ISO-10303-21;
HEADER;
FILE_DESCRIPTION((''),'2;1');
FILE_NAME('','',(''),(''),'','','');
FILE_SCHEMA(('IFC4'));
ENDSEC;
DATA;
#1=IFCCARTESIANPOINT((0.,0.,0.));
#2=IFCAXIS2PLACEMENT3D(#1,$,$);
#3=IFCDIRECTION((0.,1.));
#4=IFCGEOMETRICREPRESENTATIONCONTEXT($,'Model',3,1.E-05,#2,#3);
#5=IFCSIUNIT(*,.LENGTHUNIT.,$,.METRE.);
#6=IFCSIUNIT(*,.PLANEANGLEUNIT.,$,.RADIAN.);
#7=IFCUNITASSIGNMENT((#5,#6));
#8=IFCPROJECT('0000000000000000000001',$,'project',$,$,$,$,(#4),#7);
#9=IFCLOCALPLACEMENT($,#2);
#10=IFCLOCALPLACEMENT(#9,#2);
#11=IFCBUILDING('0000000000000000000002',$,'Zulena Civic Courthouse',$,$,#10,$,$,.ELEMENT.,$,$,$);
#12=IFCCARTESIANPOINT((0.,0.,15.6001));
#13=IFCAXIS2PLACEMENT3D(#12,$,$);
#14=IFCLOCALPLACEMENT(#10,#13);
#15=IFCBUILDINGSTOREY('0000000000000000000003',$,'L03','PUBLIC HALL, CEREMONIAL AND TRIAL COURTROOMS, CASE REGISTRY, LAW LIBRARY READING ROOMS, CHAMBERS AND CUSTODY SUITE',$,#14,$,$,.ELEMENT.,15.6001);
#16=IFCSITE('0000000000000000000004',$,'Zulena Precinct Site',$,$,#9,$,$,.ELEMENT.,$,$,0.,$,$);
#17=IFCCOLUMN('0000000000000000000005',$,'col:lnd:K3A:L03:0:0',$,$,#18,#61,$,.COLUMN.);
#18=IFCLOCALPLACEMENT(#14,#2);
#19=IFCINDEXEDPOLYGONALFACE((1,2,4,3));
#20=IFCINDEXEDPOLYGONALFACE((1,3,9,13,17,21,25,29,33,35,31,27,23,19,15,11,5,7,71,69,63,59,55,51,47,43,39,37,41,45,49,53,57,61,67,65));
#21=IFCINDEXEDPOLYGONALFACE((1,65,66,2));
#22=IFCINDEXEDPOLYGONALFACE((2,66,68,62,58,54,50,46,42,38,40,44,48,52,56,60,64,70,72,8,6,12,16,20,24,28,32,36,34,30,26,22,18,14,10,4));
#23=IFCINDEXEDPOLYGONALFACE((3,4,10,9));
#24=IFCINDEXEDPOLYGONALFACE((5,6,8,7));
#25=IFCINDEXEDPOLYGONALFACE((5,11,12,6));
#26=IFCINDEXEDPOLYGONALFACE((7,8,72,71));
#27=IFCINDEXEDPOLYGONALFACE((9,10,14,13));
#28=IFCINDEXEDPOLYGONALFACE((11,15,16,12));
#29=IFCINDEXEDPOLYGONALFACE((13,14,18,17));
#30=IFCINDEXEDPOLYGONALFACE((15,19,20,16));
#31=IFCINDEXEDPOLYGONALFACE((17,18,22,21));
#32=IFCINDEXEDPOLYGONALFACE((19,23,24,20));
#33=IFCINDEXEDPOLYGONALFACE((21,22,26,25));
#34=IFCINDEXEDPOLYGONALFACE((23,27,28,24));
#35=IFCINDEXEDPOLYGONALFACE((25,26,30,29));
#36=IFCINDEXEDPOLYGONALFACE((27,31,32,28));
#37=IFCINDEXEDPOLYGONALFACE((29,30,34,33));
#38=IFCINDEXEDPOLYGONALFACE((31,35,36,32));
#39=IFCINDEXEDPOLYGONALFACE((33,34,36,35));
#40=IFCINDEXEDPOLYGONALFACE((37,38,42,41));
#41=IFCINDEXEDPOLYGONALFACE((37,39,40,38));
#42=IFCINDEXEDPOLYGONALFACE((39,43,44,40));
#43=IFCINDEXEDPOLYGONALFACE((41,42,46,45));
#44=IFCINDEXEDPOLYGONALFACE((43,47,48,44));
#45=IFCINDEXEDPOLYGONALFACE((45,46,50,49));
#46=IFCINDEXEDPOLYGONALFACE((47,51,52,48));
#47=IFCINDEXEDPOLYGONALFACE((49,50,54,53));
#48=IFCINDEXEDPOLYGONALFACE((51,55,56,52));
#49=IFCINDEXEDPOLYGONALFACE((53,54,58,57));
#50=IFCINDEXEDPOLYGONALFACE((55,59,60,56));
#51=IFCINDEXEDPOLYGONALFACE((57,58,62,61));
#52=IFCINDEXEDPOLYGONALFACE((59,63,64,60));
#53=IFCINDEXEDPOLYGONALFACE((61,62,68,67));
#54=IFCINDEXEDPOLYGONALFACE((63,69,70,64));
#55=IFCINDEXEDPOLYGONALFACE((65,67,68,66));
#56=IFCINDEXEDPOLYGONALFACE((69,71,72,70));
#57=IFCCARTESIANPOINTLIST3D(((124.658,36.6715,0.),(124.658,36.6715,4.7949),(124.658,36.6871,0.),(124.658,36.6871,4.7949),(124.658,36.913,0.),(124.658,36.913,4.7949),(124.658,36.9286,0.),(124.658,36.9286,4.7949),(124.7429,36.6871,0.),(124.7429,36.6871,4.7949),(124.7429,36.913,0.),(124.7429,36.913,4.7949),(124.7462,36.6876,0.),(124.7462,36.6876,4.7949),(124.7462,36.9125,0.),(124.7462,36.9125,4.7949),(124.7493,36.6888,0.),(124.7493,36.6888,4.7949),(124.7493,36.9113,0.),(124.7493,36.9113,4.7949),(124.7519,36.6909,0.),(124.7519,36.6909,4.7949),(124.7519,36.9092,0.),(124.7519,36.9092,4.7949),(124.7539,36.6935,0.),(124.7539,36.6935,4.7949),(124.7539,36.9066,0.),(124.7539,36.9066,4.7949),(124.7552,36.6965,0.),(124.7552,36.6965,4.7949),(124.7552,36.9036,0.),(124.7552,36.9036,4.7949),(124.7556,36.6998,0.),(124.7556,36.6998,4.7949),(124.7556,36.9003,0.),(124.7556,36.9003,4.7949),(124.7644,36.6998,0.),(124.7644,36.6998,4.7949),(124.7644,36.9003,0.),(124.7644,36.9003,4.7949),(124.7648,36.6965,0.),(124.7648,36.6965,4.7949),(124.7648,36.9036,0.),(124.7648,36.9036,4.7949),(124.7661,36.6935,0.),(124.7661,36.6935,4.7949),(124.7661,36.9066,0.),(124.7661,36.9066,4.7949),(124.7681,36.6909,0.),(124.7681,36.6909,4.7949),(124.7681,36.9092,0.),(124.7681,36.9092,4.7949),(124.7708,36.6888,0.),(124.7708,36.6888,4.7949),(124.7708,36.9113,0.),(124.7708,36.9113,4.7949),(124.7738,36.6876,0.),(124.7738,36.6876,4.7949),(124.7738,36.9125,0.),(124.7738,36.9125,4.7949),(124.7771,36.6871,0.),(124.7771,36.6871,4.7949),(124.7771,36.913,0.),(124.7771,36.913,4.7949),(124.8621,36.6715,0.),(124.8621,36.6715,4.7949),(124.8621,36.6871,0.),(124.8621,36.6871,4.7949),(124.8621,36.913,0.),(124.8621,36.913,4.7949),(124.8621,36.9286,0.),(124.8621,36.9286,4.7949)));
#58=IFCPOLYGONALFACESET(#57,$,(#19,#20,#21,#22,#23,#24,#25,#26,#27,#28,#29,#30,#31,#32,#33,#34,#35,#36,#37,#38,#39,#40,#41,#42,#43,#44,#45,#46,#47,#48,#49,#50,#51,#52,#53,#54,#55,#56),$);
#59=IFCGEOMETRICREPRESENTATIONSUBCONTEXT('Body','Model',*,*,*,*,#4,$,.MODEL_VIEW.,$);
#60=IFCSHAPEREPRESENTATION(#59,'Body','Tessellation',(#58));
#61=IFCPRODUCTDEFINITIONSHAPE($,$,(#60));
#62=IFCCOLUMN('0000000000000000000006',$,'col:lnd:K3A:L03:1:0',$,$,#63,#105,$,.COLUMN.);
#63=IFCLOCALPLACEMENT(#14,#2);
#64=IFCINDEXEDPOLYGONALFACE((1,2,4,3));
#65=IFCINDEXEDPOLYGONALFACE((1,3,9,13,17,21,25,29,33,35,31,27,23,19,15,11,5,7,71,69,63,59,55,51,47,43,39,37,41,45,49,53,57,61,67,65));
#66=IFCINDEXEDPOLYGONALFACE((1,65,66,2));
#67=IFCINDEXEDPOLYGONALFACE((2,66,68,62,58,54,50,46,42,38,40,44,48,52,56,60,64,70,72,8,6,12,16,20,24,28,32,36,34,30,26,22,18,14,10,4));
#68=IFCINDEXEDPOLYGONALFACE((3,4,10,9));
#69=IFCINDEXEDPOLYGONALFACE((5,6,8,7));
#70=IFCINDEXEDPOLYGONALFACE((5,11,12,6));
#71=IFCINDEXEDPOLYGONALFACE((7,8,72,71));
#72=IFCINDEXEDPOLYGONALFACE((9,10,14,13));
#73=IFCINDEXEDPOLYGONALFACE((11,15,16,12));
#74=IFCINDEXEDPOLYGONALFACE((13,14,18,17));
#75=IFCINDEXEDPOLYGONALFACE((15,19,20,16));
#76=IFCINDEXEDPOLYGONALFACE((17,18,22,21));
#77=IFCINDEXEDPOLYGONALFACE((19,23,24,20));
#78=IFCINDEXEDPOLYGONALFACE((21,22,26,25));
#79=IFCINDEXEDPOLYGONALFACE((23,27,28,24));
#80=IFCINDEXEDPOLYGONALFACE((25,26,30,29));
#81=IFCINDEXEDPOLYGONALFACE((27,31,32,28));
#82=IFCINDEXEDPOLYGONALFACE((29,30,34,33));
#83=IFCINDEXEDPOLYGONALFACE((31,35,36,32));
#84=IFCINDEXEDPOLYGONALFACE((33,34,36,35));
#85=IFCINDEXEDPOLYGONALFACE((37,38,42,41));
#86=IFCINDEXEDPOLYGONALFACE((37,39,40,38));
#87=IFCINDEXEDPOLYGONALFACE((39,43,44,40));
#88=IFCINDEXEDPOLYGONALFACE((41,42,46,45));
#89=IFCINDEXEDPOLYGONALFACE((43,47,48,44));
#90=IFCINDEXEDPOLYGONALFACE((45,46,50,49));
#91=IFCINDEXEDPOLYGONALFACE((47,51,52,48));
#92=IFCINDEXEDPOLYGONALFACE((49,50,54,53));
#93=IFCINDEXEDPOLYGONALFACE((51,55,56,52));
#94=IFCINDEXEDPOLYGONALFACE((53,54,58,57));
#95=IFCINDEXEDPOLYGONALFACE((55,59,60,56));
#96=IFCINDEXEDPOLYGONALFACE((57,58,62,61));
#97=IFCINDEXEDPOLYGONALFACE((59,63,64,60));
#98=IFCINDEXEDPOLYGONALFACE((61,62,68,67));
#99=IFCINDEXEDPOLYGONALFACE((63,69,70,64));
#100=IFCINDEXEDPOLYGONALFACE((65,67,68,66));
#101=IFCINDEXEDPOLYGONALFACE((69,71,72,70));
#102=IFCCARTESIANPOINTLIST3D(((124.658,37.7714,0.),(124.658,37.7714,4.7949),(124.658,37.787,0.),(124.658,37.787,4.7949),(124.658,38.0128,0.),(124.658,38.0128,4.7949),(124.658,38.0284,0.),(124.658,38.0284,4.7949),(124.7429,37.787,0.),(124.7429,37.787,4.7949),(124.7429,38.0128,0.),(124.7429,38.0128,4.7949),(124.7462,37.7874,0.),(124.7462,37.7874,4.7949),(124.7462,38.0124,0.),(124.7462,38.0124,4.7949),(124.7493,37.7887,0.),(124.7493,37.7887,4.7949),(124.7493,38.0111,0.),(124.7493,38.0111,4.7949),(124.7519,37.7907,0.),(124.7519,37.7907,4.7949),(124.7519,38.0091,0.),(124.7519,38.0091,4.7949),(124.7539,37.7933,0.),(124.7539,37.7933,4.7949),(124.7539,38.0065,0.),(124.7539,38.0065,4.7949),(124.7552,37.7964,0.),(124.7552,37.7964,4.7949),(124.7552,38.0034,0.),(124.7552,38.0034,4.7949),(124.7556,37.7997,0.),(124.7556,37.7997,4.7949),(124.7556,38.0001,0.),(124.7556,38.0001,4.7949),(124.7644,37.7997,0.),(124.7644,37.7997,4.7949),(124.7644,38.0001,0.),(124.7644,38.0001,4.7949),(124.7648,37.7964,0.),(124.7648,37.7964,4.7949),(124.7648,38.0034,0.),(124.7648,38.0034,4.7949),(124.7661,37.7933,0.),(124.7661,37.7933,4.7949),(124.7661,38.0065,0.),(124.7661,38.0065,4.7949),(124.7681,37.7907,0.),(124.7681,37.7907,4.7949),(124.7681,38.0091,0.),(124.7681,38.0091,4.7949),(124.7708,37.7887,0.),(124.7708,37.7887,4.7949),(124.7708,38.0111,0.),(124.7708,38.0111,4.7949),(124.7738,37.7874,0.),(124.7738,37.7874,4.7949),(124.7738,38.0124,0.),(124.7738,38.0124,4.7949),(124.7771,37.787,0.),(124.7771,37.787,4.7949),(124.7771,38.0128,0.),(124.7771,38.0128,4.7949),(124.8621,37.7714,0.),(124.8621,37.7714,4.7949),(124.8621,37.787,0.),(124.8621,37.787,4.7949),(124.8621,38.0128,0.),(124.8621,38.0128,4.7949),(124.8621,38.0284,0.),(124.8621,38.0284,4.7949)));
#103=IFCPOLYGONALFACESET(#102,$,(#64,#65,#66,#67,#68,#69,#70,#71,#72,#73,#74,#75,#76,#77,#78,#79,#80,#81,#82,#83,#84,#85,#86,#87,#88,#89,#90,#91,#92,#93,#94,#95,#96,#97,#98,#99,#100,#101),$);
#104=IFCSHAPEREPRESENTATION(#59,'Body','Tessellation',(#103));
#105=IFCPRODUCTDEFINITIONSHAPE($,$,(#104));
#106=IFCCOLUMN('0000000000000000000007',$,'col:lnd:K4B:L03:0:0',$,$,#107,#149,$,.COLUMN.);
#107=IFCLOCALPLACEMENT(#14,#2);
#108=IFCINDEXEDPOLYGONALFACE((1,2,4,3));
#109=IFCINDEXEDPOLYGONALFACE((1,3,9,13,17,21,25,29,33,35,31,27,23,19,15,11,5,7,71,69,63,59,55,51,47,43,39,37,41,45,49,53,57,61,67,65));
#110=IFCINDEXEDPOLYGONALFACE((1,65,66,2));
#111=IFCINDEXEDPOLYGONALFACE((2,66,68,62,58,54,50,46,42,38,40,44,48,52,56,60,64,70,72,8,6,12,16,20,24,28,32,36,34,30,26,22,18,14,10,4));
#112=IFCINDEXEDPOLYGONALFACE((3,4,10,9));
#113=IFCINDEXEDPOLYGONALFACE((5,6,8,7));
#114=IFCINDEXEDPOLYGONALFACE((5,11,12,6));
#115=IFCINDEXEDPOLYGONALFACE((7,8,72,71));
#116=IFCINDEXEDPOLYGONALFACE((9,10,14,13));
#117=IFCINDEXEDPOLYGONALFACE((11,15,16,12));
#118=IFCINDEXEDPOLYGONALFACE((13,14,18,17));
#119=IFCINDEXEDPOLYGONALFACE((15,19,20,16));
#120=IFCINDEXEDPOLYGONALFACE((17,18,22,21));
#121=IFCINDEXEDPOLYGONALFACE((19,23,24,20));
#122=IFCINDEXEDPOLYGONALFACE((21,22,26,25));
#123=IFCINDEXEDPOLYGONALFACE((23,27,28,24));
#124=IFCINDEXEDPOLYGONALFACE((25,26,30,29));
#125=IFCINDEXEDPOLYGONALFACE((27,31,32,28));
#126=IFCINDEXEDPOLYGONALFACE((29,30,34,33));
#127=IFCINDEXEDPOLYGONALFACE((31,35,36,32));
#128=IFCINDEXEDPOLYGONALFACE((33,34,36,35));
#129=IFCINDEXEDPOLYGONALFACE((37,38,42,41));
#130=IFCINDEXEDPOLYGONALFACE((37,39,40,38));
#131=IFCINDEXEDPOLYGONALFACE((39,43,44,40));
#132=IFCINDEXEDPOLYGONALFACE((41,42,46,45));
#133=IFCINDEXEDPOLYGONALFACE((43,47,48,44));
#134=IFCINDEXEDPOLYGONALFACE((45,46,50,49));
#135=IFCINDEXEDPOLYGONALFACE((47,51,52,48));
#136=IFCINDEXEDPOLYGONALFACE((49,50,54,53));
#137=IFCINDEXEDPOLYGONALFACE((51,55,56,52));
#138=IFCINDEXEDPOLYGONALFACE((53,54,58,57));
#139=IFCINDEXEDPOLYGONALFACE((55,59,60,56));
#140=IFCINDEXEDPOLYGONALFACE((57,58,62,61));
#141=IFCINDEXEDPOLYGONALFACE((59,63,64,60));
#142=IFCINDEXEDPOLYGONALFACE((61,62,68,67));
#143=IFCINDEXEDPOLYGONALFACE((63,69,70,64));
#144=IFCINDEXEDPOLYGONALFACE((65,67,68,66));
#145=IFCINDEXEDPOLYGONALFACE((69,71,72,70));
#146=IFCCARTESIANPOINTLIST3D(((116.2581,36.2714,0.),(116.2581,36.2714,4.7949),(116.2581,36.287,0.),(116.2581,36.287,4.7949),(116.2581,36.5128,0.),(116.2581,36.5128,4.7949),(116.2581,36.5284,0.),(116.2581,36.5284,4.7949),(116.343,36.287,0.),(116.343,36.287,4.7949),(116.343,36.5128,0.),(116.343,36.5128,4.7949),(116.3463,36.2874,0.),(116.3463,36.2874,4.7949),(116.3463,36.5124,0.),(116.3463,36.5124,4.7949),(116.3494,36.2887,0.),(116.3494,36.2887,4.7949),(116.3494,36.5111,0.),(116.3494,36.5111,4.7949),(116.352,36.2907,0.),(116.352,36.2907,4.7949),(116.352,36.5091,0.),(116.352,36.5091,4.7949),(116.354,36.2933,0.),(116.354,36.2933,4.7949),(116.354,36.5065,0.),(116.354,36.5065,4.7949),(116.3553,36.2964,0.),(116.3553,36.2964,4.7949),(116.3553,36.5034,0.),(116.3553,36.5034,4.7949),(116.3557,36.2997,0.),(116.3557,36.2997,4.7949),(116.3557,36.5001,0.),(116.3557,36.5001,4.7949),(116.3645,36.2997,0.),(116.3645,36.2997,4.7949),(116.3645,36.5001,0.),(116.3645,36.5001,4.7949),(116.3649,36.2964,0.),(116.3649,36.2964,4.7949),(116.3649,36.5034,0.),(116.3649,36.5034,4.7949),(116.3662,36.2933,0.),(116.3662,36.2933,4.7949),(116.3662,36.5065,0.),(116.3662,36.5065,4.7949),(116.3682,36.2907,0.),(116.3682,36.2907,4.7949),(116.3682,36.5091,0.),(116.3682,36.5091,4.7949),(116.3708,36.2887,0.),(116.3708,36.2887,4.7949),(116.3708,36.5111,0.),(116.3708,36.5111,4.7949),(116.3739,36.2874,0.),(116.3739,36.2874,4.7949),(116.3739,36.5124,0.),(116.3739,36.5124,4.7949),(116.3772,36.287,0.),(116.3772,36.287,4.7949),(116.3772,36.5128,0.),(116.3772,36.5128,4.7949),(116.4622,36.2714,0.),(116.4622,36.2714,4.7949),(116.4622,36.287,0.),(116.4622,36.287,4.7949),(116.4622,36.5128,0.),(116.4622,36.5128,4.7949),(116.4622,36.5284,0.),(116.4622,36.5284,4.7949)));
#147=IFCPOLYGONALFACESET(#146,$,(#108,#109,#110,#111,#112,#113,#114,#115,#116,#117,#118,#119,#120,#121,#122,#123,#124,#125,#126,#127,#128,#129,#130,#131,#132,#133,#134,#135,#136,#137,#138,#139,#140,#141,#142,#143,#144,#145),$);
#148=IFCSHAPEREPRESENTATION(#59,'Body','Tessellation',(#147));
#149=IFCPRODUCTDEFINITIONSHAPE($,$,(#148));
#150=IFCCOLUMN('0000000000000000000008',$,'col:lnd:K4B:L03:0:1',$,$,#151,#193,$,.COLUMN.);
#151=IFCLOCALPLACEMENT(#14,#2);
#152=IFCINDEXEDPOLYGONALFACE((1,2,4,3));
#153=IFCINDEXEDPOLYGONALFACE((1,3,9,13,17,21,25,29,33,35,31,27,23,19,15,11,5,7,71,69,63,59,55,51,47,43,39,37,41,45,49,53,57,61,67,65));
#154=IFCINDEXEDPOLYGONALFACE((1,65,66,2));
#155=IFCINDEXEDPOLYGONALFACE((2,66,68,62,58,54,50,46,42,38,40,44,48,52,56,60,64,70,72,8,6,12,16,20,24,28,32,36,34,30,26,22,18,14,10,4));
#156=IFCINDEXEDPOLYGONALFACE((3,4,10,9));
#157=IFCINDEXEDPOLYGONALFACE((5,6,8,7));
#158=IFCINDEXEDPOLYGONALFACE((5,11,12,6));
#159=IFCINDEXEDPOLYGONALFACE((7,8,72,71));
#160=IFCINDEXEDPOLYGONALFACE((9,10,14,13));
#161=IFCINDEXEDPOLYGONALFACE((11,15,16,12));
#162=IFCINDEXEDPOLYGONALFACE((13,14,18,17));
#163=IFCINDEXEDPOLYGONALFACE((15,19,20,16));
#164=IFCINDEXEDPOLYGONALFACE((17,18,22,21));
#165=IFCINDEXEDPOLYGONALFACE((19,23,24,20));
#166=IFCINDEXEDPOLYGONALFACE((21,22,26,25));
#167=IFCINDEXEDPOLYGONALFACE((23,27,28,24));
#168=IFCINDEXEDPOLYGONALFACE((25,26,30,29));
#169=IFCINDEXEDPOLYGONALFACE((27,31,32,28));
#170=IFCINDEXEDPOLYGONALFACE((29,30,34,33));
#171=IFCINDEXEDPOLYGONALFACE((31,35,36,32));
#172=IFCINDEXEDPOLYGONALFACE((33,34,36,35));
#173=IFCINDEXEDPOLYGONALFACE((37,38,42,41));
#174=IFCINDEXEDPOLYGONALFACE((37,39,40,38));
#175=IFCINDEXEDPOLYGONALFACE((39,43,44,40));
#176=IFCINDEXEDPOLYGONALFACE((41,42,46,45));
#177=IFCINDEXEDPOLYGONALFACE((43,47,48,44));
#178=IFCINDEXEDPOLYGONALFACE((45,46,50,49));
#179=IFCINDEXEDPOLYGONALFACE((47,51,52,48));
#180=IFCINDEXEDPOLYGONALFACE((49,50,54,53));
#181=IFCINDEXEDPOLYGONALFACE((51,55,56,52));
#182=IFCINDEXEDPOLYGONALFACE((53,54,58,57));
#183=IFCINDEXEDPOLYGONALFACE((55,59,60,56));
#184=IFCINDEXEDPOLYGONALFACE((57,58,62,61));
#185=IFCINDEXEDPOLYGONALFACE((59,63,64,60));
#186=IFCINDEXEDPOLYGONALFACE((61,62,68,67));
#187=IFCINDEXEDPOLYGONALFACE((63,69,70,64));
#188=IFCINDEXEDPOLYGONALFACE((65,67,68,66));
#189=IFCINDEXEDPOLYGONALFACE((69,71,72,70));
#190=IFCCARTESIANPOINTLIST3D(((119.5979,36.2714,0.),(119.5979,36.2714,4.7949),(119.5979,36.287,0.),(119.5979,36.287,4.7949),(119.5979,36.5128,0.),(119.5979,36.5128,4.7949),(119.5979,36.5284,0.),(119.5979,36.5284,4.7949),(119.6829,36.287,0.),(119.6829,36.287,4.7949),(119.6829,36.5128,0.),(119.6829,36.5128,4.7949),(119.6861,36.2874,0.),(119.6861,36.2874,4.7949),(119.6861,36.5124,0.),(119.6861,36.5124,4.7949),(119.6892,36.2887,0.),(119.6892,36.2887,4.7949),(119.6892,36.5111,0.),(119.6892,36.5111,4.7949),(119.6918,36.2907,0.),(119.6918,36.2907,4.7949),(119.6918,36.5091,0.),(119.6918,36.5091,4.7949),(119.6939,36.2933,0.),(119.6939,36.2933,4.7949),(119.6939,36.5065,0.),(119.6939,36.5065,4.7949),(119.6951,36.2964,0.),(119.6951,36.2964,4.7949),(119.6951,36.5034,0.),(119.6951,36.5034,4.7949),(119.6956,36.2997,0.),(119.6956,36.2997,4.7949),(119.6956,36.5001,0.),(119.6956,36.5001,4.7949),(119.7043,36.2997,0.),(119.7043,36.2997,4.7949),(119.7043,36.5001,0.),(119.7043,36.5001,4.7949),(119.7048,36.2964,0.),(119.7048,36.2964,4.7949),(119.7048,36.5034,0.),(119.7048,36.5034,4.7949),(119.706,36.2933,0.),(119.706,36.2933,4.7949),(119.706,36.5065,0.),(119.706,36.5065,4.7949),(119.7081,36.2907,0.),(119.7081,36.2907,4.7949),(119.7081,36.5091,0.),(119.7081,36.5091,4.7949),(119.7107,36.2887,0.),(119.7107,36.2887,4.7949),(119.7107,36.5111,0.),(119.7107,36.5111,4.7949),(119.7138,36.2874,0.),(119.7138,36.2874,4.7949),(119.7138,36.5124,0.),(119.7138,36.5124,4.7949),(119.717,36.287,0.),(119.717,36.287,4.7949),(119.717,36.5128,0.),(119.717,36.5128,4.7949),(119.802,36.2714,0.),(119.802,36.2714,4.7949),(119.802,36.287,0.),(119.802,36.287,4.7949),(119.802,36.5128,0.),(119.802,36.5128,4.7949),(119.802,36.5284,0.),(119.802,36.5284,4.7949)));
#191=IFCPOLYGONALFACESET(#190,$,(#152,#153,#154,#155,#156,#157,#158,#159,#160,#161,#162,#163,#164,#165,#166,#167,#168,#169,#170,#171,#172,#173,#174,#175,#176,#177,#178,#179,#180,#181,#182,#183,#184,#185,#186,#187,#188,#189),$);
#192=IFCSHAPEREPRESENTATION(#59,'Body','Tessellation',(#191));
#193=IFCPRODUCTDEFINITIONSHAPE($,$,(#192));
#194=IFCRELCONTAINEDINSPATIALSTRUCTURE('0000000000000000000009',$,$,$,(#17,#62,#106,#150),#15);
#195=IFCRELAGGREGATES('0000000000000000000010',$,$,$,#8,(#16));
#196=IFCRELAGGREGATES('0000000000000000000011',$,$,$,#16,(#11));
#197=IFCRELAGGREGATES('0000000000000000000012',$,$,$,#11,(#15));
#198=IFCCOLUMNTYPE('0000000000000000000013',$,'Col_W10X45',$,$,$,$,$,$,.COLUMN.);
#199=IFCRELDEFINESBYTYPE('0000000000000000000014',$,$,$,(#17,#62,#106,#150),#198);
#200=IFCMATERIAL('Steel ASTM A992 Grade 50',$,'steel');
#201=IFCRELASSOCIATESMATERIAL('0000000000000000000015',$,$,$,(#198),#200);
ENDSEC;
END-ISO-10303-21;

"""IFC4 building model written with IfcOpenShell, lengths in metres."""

from ifc_helpers import new_model, si_unit, direction, frame, origin, origin_2d, place, context, subcontext, project, spatial, i_section, extrude, material, material_profile, profile_set, type_object, element, save


model = new_model("IFC4")

# Units and contexts
model_context = context("Model", 3, precision=1e-05, world=origin(), true_north=direction((0.0, 1.0)))
body_context = subcontext(model_context, "Body", "Model", "MODEL_VIEW")
ifc_project = project(units=[si_unit("LENGTHUNIT", "METRE"), si_unit("PLANEANGLEUNIT", "RADIAN")], contexts=[model_context])

# Site, building, storey
site_placement = place(None, origin())
site = spatial("IfcSite", under=ifc_project, at=site_placement, Name="Zulena Precinct Site", CompositionType="ELEMENT", RefElevation=0.0)
building_placement = place(site_placement, origin())
building = spatial("IfcBuilding", under=site, at=building_placement, Name="Zulena Civic Courthouse", CompositionType="ELEMENT")
storey_placement = place(building_placement, frame((0.0, 0.0, 15.6001)))
storey = spatial("IfcBuildingStorey", under=building, at=storey_placement, Name="L03", Description="PUBLIC HALL, CEREMONIAL AND TRIAL COURTROOMS, CASE REGISTRY, LAW LIBRARY READING ROOMS, CHAMBERS AND CUSTODY SUITE", CompositionType="ELEMENT", Elevation=15.6001)

# Columns
ifc_material_1 = material(Name="Steel ASTM A992 Grade 50", Category="steel")
ifc_material_profile_1 = material_profile(ifc_material_1, i_section(OverallWidth=0.2041, OverallDepth=0.2571, WebThickness=0.0088, FlangeThickness=0.0156, FilletRadius=0.0127, at=origin_2d()), Name="W10X45")
ifc_profile_set_1 = profile_set([ifc_material_profile_1], Name="Steel ASTM A992 Grade 50")
column_type_1 = type_object("IfcColumnType", Name="Col_W10X45", PredefinedType="COLUMN", material=ifc_profile_set_1)
for number, where, z_axis, x_axis, name in (
    (1, (124.76, 36.8, 0.0), (0.0, 0.0, 1.0), (1.0, 0.0, 0.0), "col:lnd:K3A:L03:0:0"),
    (2, (124.76, 37.8999, 0.0), (0.0, 0.0, 1.0), (1.0, 0.0, 0.0), "col:lnd:K3A:L03:1:0"),
    (3, (116.3601, 36.3999, 0.0), (0.0, 0.0, 1.0), (1.0, 0.0, 0.0), "col:lnd:K4B:L03:0:0"),
    (4, (119.7, 36.3999, 0.0), (0.0, 0.0, 1.0), (1.0, 0.0, 0.0), "col:lnd:K4B:L03:0:1"),
):
    element("IfcColumn", number, at=place(storey_placement, frame(where, z_axis=z_axis, x_axis=x_axis)), inside=storey, type_object=column_type_1, Name=name, PredefinedType="COLUMN", context=body_context, shape_type="SweptSolid", body=[
        extrude(i_section(OverallWidth=0.2041, OverallDepth=0.2571, WebThickness=0.0088, FlangeThickness=0.0156, FilletRadius=0.0127, at=origin_2d()), origin(), (0.0, 0.0, 1.0), 4.7949),
    ])

save(model, "model.ifc")
